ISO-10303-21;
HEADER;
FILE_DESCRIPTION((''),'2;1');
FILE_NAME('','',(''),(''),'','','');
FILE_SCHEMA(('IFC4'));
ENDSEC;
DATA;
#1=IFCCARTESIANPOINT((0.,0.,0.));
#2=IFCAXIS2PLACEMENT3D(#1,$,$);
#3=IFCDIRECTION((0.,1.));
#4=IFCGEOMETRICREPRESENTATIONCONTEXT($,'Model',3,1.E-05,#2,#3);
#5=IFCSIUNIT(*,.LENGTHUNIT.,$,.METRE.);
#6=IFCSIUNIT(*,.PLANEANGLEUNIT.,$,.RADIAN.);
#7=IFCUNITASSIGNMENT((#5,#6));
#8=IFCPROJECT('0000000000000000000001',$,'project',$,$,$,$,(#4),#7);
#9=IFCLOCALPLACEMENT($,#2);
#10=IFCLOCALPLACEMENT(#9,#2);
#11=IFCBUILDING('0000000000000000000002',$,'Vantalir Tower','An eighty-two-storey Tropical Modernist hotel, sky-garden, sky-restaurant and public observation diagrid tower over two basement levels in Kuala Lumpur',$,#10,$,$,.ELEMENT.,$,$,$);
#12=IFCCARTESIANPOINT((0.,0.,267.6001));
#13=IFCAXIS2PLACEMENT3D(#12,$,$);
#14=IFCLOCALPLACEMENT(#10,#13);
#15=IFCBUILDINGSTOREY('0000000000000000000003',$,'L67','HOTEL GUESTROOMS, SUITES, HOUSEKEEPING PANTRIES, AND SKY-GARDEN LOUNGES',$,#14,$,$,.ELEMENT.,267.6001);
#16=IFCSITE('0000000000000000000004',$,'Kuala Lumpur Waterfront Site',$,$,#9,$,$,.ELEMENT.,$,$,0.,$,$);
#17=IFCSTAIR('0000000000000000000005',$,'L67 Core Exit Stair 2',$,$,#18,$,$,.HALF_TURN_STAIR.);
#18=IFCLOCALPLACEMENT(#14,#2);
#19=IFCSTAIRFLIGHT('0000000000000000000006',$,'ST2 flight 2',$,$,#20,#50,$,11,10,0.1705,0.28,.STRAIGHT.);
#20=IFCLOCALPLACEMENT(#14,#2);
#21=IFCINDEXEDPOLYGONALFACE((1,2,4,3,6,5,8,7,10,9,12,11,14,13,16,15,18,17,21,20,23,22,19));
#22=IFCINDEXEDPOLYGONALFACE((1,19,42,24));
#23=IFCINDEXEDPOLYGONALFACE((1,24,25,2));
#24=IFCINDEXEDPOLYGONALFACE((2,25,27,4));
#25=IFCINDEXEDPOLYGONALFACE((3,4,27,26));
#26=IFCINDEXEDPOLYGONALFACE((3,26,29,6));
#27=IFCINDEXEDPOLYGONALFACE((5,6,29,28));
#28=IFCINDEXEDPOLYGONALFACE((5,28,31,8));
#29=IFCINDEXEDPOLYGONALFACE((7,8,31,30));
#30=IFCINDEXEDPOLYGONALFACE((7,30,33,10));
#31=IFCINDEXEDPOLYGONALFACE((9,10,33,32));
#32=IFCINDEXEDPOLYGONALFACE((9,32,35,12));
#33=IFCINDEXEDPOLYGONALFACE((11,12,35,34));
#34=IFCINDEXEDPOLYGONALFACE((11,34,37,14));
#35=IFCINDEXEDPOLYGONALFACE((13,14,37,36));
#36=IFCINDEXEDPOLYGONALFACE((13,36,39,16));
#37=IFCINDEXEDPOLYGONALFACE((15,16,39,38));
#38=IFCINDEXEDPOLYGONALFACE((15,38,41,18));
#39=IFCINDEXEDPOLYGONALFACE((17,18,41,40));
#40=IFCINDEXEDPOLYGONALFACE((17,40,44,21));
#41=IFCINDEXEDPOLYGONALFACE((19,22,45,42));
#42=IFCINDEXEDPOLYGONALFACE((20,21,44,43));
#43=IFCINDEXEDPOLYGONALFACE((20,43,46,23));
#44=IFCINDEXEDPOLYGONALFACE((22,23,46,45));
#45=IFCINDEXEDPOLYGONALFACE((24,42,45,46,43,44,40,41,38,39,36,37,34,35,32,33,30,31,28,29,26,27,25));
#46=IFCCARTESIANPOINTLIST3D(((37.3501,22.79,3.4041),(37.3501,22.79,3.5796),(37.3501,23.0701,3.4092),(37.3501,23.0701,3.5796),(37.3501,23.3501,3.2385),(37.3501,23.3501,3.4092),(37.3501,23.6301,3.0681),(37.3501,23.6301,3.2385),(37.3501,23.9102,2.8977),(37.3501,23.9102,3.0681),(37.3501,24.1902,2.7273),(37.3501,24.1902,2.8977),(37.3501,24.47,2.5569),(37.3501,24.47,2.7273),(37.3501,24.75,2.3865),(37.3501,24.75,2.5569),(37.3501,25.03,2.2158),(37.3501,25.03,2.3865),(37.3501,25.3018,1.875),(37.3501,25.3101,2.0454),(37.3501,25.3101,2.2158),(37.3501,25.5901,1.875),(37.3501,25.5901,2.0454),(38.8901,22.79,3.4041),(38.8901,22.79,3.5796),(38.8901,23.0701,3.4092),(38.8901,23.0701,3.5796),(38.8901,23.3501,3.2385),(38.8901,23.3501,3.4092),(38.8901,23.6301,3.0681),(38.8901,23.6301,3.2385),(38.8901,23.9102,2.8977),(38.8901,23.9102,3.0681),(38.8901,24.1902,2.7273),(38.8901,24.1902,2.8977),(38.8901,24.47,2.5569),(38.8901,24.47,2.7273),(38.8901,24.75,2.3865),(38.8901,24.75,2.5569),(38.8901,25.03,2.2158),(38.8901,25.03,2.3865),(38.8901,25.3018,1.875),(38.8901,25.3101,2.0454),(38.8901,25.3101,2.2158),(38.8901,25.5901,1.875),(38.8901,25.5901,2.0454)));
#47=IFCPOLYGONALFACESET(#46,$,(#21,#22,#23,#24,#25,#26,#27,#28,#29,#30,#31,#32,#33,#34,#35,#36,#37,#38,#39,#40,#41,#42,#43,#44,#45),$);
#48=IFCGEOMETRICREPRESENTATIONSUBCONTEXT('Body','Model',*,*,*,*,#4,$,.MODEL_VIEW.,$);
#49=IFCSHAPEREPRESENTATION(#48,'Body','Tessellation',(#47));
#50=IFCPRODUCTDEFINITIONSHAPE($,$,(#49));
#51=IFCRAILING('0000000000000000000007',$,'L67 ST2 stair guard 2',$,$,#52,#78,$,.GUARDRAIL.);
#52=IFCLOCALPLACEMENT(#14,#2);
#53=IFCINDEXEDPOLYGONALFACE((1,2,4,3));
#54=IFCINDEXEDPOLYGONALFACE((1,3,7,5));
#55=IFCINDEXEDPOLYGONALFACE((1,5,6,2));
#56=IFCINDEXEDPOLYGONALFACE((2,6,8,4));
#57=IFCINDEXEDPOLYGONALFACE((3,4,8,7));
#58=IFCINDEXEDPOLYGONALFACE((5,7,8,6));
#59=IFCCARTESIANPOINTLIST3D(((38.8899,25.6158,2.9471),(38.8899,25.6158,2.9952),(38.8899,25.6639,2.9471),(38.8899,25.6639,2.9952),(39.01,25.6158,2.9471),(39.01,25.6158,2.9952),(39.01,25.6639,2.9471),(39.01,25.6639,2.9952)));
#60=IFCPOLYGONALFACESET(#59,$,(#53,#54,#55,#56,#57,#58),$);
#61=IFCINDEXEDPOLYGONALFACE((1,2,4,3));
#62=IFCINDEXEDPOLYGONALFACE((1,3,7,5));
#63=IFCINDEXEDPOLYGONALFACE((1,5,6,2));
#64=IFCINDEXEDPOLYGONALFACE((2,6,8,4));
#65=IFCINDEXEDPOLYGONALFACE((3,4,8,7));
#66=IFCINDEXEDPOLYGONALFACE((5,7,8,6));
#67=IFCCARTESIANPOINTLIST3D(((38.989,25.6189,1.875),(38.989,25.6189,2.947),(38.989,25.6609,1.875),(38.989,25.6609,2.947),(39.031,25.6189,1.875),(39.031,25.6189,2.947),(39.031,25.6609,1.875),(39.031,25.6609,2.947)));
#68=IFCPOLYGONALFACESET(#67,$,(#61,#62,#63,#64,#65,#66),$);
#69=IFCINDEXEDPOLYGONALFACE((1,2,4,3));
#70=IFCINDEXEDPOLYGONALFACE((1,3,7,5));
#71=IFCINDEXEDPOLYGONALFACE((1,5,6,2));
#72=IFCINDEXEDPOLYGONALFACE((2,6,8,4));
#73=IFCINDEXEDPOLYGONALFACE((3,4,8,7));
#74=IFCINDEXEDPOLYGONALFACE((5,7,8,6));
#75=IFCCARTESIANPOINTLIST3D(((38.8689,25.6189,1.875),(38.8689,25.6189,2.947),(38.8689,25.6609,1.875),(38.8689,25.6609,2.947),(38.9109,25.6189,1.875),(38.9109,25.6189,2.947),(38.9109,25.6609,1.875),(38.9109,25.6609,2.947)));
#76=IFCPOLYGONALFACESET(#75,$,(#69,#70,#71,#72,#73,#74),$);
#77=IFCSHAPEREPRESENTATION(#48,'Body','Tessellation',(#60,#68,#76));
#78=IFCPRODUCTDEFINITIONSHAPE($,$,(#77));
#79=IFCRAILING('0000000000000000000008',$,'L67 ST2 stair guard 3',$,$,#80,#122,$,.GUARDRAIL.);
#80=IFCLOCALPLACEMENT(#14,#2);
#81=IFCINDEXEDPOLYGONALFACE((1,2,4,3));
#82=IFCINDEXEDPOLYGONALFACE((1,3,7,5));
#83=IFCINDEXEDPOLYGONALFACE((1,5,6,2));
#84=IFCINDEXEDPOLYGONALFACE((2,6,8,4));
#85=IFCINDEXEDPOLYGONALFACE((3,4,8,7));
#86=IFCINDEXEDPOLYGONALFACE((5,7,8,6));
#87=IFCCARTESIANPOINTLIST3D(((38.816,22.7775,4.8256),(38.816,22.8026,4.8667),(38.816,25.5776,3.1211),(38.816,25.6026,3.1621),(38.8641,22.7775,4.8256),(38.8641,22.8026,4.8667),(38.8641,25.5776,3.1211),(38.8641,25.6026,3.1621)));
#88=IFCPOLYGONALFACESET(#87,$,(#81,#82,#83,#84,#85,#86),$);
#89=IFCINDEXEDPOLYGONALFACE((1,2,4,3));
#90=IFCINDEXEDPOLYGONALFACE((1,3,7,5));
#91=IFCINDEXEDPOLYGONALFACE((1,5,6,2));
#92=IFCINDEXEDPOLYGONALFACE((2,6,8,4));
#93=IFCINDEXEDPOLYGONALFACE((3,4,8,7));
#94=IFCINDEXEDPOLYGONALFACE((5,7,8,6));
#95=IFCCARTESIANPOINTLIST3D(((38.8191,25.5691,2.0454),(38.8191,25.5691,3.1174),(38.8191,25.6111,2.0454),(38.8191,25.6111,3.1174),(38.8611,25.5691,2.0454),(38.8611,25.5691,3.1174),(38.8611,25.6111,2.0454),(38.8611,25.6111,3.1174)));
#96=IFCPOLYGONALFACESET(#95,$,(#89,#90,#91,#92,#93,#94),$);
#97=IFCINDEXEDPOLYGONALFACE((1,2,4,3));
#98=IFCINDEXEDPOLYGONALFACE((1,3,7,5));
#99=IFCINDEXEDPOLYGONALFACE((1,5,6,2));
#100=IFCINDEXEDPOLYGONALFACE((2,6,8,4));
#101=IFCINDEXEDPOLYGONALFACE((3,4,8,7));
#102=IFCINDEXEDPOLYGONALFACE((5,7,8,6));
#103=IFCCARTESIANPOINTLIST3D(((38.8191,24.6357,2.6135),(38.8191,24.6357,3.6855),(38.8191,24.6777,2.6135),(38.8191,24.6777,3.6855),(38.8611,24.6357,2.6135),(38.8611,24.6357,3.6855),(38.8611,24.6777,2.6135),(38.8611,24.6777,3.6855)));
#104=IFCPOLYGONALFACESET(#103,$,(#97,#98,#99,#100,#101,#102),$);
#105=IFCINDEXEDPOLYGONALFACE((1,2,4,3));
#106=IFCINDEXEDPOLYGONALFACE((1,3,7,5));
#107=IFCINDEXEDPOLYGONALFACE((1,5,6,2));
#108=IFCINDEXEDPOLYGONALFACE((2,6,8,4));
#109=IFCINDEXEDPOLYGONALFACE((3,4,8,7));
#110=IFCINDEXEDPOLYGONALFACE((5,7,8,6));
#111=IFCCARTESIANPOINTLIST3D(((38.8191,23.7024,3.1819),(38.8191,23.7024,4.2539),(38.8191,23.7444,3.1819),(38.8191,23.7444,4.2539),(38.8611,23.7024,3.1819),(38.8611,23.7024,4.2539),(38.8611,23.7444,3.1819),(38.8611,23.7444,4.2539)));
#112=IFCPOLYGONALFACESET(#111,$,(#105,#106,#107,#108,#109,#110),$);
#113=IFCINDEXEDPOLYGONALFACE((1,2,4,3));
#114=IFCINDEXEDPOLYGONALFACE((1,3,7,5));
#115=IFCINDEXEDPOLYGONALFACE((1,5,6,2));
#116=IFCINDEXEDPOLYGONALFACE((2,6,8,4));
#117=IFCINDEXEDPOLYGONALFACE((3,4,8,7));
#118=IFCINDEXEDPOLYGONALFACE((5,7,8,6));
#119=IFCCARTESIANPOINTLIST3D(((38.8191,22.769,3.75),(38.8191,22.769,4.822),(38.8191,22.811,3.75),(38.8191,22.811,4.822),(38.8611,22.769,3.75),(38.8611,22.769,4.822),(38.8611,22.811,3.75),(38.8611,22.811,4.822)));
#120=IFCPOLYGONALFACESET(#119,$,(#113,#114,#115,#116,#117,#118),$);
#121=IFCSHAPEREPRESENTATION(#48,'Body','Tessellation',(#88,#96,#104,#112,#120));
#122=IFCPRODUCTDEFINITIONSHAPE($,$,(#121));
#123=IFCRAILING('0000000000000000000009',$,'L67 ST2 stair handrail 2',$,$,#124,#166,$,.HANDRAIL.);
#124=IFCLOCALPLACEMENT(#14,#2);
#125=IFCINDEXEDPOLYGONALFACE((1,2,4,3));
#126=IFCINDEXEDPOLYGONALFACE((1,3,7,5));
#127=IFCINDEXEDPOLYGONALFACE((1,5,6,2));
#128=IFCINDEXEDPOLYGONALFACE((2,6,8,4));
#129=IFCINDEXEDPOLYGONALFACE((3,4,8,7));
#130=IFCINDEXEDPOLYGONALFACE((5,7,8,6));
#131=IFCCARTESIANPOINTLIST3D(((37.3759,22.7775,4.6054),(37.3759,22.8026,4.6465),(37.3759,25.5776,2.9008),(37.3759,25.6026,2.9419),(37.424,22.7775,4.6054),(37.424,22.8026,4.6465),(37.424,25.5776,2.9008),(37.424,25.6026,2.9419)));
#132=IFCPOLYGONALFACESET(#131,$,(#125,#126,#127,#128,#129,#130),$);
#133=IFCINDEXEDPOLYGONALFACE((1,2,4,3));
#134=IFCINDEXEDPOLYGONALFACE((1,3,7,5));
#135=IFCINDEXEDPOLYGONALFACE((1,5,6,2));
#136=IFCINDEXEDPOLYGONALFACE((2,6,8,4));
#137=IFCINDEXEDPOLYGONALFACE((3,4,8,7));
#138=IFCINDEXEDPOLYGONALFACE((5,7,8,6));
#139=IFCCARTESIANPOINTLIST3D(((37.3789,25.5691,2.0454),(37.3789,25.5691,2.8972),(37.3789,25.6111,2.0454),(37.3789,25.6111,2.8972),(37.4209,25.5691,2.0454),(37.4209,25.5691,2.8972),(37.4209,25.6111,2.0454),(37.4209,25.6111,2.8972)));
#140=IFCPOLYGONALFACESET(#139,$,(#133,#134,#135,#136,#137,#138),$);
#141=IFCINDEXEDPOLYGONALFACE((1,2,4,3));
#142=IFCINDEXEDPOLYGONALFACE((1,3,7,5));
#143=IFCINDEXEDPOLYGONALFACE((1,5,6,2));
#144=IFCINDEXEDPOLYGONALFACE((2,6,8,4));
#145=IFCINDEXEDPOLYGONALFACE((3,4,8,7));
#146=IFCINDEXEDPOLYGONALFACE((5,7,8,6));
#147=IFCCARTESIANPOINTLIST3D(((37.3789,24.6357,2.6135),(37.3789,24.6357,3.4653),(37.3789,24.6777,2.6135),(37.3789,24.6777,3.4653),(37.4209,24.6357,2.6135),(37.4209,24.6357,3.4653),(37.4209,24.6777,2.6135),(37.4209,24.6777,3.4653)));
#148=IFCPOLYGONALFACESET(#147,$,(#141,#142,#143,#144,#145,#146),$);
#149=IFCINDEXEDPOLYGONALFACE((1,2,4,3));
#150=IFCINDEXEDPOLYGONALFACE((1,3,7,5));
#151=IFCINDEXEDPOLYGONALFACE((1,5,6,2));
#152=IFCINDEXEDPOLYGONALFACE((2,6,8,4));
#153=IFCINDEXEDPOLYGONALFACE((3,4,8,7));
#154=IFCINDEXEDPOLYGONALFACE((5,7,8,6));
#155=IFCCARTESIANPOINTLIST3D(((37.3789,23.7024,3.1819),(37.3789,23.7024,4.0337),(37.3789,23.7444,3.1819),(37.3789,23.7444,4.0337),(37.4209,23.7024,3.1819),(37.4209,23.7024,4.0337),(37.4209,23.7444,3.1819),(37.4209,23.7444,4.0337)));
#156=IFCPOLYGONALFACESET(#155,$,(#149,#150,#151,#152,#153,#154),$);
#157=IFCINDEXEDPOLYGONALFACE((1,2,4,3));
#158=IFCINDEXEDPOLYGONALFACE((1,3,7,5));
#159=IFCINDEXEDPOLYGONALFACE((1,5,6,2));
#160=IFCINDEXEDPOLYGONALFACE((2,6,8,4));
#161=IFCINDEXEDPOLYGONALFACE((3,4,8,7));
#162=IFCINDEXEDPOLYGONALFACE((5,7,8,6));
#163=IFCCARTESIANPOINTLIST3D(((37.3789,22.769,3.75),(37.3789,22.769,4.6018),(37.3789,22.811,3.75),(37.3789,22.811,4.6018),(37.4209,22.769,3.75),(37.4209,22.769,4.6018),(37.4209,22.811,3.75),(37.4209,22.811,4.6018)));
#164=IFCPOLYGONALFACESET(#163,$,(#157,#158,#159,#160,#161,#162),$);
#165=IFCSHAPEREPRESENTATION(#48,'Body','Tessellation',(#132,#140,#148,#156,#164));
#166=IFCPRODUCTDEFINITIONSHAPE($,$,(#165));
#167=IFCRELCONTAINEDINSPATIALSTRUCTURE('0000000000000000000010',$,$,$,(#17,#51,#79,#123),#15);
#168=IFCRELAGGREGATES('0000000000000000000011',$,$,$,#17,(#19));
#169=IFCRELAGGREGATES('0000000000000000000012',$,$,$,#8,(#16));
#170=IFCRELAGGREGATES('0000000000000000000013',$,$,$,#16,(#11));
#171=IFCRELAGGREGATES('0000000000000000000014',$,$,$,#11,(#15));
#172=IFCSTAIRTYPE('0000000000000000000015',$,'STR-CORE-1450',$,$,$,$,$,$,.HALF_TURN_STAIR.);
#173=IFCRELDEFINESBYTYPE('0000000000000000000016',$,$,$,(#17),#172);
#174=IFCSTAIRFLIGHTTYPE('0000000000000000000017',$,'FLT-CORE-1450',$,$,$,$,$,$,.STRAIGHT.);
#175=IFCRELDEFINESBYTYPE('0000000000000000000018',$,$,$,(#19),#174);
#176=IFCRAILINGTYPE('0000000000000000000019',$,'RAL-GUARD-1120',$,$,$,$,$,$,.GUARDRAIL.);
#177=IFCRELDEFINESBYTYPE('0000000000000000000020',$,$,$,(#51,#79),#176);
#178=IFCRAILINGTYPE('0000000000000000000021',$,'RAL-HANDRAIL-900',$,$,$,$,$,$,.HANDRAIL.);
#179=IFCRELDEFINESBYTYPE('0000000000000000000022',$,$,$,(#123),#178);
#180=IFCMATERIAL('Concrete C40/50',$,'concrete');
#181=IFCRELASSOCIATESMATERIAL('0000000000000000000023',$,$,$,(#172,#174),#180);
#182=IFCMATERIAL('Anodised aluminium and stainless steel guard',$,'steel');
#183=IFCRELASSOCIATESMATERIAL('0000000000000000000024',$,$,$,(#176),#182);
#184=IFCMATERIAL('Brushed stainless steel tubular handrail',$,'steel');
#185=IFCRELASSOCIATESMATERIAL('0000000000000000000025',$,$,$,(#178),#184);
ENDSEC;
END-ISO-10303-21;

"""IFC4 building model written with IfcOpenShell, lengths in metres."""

from ifc_helpers import new_model, si_unit, direction, frame, origin, origin_2d, place, context, subcontext, project, spatial, polyline, rectangle, outline, extrude, material, type_object, element, aggregate, save


model = new_model("IFC4")

# Units and contexts
model_context = context("Model", 3, precision=1e-05, world=origin(), true_north=direction((0.0, 1.0)))
body_context = subcontext(model_context, "Body", "Model", "MODEL_VIEW")
ifc_project = project(units=[si_unit("LENGTHUNIT", "METRE"), si_unit("PLANEANGLEUNIT", "RADIAN")], contexts=[model_context])

# Site, building, storey
site_placement = place(None, origin())
site = spatial("IfcSite", under=ifc_project, at=site_placement, Name="Kuala Lumpur Waterfront Site", CompositionType="ELEMENT", RefElevation=0.0)
building_placement = place(site_placement, origin())
building = spatial("IfcBuilding", under=site, at=building_placement, Name="Vantalir Tower", Description="An eighty-two-storey Tropical Modernist hotel, sky-garden, sky-restaurant and public observation diagrid tower over two basement levels in Kuala Lumpur", CompositionType="ELEMENT")
storey_placement = place(building_placement, frame((0.0, 0.0, 267.6001)))
storey = spatial("IfcBuildingStorey", under=building, at=storey_placement, Name="L67", Description="HOTEL GUESTROOMS, SUITES, HOUSEKEEPING PANTRIES, AND SKY-GARDEN LOUNGES", CompositionType="ELEMENT", Elevation=267.6001)

# Stair, stair flight
ifc_material_1 = material(Name="Concrete C40/50", Category="concrete")
stair_type = type_object("IfcStairType", Name="STR-CORE-1450", PredefinedType="HALF_TURN_STAIR", material=ifc_material_1)
stair_placement = place(storey_placement, origin())
stair = element("IfcStair", 1, at=stair_placement, inside=storey, type_object=stair_type, Name="L67 Core Exit Stair 2", PredefinedType="HALF_TURN_STAIR")
stair_flight_type = type_object("IfcStairFlightType", Name="FLT-CORE-1450", PredefinedType="STRAIGHT", material=ifc_material_1)
stair_flight_placement = place(storey_placement, frame((38.1201, 25.5901, 1.875), z_axis=(0.0, 0.0, 1.0), x_axis=(0.0, -1.0, 0.0)))
stair_flight = element("IfcStairFlight", 2, at=stair_flight_placement, type_object=stair_flight_type, Name="ST2 flight 2", NumberOfRisers=11, NumberOfTreads=10, PredefinedType="STRAIGHT", RiserHeight=0.1705, TreadLength=0.28, context=body_context, shape_type="SweptSolid", body=[
    extrude(outline(polyline([(0.0, 0.0), (0.0, 0.1704), (0.28, 0.1704), (0.28, 0.3408), (0.5601, 0.3408), (0.5601, 0.5115), (0.8401, 0.5115), (0.8401, 0.6819), (1.1201, 0.6819), (1.1201, 0.8523), (1.3999, 0.8523), (1.3999, 1.0227), (1.6799, 1.0227), (1.6799, 1.1931), (1.96, 1.1931), (1.96, 1.3635), (2.24, 1.3635), (2.24, 1.5342), (2.52, 1.5342), (2.52, 1.7046), (2.8, 1.7046), (2.8, 1.875), (2.8, 1.5291), (0.2883, 0.0), (0.0, 0.0)])), frame((0.0, 0.77, 0.0), z_axis=(0.0, -1.0, 0.0), x_axis=(1.0, 0.0, 0.0)), (0.0, 0.0, 1.0), 1.54),
])
aggregate(stair, [stair_flight])

# Railings
ifc_material_2 = material(Name="Anodised aluminium and stainless steel guard", Category="steel")
railing_type_1 = type_object("IfcRailingType", Name="RAL-GUARD-1120", PredefinedType="GUARDRAIL", material=ifc_material_2)
railing_1_placement = place(storey_placement, frame((39.01, 25.6399, 1.875)))
element("IfcRailing", 3, at=railing_1_placement, inside=storey, type_object=railing_type_1, Name="L67 ST2 stair guard 2", PredefinedType="GUARDRAIL", context=body_context, shape_type="SweptSolid", body=[
    extrude(rectangle(XDim=0.0481, YDim=0.0481, at=origin_2d()), frame((0.0, 0.0, 1.0962), z_axis=(-1.0, 0.0, 0.0), x_axis=(0.0, -1.0, 0.0)), (0.0, 0.0, 1.0), 0.1201),
    extrude(rectangle(XDim=0.042, YDim=0.042, at=origin_2d()), origin(), (0.0, 0.0, 1.0), 1.072),
    extrude(rectangle(XDim=0.042, YDim=0.042, at=origin_2d()), frame((-0.1201, 0.0, 0.0)), (0.0, 0.0, 1.0), 1.072),
])
railing_2_placement = place(storey_placement, frame((38.8401, 25.5901, 2.0454)))
element("IfcRailing", 4, at=railing_2_placement, inside=storey, type_object=railing_type_1, Name="L67 ST2 stair guard 3", PredefinedType="GUARDRAIL", context=body_context, shape_type="SweptSolid", body=[
    extrude(rectangle(XDim=0.0481, YDim=0.0481, at=origin_2d()), frame((0.0, 0.0, 1.0962), z_axis=(0.0, -0.85417, 0.519994), x_axis=(1.0, 0.0, 0.0)), (0.0, 0.0, 1.0), 3.2781),
    extrude(rectangle(XDim=0.042, YDim=0.042, at=origin_2d()), origin(), (0.0, 0.0, 1.0), 1.072),
    extrude(rectangle(XDim=0.042, YDim=0.042, at=origin_2d()), frame((0.0, -0.9333, 0.5681)), (0.0, 0.0, 1.0), 1.072),
    extrude(rectangle(XDim=0.042, YDim=0.042, at=origin_2d()), frame((0.0, -1.8667, 1.1365)), (0.0, 0.0, 1.0), 1.072),
    extrude(rectangle(XDim=0.042, YDim=0.042, at=origin_2d()), frame((0.0, -2.8, 1.7046)), (0.0, 0.0, 1.0), 1.072),
])
ifc_material_3 = material(Name="Brushed stainless steel tubular handrail", Category="steel")
railing_type_2 = type_object("IfcRailingType", Name="RAL-HANDRAIL-900", PredefinedType="HANDRAIL", material=ifc_material_3)
railing_3_placement = place(storey_placement, frame((37.3999, 25.5901, 2.0454)))
element("IfcRailing", 5, at=railing_3_placement, inside=storey, type_object=railing_type_2, Name="L67 ST2 stair handrail 2", PredefinedType="HANDRAIL", context=body_context, shape_type="SweptSolid", body=[
    extrude(rectangle(XDim=0.0481, YDim=0.0481, at=origin_2d()), frame((0.0, 0.0, 0.876), z_axis=(0.0, -0.85417, 0.519994), x_axis=(1.0, 0.0, 0.0)), (0.0, 0.0, 1.0), 3.2781),
    extrude(rectangle(XDim=0.042, YDim=0.042, at=origin_2d()), origin(), (0.0, 0.0, 1.0), 0.8518),
    extrude(rectangle(XDim=0.042, YDim=0.042, at=origin_2d()), frame((0.0, -0.9333, 0.5681)), (0.0, 0.0, 1.0), 0.8518),
    extrude(rectangle(XDim=0.042, YDim=0.042, at=origin_2d()), frame((0.0, -1.8667, 1.1365)), (0.0, 0.0, 1.0), 0.8518),
    extrude(rectangle(XDim=0.042, YDim=0.042, at=origin_2d()), frame((0.0, -2.8, 1.7046)), (0.0, 0.0, 1.0), 0.8518),
])

save(model, "model.ifc")
